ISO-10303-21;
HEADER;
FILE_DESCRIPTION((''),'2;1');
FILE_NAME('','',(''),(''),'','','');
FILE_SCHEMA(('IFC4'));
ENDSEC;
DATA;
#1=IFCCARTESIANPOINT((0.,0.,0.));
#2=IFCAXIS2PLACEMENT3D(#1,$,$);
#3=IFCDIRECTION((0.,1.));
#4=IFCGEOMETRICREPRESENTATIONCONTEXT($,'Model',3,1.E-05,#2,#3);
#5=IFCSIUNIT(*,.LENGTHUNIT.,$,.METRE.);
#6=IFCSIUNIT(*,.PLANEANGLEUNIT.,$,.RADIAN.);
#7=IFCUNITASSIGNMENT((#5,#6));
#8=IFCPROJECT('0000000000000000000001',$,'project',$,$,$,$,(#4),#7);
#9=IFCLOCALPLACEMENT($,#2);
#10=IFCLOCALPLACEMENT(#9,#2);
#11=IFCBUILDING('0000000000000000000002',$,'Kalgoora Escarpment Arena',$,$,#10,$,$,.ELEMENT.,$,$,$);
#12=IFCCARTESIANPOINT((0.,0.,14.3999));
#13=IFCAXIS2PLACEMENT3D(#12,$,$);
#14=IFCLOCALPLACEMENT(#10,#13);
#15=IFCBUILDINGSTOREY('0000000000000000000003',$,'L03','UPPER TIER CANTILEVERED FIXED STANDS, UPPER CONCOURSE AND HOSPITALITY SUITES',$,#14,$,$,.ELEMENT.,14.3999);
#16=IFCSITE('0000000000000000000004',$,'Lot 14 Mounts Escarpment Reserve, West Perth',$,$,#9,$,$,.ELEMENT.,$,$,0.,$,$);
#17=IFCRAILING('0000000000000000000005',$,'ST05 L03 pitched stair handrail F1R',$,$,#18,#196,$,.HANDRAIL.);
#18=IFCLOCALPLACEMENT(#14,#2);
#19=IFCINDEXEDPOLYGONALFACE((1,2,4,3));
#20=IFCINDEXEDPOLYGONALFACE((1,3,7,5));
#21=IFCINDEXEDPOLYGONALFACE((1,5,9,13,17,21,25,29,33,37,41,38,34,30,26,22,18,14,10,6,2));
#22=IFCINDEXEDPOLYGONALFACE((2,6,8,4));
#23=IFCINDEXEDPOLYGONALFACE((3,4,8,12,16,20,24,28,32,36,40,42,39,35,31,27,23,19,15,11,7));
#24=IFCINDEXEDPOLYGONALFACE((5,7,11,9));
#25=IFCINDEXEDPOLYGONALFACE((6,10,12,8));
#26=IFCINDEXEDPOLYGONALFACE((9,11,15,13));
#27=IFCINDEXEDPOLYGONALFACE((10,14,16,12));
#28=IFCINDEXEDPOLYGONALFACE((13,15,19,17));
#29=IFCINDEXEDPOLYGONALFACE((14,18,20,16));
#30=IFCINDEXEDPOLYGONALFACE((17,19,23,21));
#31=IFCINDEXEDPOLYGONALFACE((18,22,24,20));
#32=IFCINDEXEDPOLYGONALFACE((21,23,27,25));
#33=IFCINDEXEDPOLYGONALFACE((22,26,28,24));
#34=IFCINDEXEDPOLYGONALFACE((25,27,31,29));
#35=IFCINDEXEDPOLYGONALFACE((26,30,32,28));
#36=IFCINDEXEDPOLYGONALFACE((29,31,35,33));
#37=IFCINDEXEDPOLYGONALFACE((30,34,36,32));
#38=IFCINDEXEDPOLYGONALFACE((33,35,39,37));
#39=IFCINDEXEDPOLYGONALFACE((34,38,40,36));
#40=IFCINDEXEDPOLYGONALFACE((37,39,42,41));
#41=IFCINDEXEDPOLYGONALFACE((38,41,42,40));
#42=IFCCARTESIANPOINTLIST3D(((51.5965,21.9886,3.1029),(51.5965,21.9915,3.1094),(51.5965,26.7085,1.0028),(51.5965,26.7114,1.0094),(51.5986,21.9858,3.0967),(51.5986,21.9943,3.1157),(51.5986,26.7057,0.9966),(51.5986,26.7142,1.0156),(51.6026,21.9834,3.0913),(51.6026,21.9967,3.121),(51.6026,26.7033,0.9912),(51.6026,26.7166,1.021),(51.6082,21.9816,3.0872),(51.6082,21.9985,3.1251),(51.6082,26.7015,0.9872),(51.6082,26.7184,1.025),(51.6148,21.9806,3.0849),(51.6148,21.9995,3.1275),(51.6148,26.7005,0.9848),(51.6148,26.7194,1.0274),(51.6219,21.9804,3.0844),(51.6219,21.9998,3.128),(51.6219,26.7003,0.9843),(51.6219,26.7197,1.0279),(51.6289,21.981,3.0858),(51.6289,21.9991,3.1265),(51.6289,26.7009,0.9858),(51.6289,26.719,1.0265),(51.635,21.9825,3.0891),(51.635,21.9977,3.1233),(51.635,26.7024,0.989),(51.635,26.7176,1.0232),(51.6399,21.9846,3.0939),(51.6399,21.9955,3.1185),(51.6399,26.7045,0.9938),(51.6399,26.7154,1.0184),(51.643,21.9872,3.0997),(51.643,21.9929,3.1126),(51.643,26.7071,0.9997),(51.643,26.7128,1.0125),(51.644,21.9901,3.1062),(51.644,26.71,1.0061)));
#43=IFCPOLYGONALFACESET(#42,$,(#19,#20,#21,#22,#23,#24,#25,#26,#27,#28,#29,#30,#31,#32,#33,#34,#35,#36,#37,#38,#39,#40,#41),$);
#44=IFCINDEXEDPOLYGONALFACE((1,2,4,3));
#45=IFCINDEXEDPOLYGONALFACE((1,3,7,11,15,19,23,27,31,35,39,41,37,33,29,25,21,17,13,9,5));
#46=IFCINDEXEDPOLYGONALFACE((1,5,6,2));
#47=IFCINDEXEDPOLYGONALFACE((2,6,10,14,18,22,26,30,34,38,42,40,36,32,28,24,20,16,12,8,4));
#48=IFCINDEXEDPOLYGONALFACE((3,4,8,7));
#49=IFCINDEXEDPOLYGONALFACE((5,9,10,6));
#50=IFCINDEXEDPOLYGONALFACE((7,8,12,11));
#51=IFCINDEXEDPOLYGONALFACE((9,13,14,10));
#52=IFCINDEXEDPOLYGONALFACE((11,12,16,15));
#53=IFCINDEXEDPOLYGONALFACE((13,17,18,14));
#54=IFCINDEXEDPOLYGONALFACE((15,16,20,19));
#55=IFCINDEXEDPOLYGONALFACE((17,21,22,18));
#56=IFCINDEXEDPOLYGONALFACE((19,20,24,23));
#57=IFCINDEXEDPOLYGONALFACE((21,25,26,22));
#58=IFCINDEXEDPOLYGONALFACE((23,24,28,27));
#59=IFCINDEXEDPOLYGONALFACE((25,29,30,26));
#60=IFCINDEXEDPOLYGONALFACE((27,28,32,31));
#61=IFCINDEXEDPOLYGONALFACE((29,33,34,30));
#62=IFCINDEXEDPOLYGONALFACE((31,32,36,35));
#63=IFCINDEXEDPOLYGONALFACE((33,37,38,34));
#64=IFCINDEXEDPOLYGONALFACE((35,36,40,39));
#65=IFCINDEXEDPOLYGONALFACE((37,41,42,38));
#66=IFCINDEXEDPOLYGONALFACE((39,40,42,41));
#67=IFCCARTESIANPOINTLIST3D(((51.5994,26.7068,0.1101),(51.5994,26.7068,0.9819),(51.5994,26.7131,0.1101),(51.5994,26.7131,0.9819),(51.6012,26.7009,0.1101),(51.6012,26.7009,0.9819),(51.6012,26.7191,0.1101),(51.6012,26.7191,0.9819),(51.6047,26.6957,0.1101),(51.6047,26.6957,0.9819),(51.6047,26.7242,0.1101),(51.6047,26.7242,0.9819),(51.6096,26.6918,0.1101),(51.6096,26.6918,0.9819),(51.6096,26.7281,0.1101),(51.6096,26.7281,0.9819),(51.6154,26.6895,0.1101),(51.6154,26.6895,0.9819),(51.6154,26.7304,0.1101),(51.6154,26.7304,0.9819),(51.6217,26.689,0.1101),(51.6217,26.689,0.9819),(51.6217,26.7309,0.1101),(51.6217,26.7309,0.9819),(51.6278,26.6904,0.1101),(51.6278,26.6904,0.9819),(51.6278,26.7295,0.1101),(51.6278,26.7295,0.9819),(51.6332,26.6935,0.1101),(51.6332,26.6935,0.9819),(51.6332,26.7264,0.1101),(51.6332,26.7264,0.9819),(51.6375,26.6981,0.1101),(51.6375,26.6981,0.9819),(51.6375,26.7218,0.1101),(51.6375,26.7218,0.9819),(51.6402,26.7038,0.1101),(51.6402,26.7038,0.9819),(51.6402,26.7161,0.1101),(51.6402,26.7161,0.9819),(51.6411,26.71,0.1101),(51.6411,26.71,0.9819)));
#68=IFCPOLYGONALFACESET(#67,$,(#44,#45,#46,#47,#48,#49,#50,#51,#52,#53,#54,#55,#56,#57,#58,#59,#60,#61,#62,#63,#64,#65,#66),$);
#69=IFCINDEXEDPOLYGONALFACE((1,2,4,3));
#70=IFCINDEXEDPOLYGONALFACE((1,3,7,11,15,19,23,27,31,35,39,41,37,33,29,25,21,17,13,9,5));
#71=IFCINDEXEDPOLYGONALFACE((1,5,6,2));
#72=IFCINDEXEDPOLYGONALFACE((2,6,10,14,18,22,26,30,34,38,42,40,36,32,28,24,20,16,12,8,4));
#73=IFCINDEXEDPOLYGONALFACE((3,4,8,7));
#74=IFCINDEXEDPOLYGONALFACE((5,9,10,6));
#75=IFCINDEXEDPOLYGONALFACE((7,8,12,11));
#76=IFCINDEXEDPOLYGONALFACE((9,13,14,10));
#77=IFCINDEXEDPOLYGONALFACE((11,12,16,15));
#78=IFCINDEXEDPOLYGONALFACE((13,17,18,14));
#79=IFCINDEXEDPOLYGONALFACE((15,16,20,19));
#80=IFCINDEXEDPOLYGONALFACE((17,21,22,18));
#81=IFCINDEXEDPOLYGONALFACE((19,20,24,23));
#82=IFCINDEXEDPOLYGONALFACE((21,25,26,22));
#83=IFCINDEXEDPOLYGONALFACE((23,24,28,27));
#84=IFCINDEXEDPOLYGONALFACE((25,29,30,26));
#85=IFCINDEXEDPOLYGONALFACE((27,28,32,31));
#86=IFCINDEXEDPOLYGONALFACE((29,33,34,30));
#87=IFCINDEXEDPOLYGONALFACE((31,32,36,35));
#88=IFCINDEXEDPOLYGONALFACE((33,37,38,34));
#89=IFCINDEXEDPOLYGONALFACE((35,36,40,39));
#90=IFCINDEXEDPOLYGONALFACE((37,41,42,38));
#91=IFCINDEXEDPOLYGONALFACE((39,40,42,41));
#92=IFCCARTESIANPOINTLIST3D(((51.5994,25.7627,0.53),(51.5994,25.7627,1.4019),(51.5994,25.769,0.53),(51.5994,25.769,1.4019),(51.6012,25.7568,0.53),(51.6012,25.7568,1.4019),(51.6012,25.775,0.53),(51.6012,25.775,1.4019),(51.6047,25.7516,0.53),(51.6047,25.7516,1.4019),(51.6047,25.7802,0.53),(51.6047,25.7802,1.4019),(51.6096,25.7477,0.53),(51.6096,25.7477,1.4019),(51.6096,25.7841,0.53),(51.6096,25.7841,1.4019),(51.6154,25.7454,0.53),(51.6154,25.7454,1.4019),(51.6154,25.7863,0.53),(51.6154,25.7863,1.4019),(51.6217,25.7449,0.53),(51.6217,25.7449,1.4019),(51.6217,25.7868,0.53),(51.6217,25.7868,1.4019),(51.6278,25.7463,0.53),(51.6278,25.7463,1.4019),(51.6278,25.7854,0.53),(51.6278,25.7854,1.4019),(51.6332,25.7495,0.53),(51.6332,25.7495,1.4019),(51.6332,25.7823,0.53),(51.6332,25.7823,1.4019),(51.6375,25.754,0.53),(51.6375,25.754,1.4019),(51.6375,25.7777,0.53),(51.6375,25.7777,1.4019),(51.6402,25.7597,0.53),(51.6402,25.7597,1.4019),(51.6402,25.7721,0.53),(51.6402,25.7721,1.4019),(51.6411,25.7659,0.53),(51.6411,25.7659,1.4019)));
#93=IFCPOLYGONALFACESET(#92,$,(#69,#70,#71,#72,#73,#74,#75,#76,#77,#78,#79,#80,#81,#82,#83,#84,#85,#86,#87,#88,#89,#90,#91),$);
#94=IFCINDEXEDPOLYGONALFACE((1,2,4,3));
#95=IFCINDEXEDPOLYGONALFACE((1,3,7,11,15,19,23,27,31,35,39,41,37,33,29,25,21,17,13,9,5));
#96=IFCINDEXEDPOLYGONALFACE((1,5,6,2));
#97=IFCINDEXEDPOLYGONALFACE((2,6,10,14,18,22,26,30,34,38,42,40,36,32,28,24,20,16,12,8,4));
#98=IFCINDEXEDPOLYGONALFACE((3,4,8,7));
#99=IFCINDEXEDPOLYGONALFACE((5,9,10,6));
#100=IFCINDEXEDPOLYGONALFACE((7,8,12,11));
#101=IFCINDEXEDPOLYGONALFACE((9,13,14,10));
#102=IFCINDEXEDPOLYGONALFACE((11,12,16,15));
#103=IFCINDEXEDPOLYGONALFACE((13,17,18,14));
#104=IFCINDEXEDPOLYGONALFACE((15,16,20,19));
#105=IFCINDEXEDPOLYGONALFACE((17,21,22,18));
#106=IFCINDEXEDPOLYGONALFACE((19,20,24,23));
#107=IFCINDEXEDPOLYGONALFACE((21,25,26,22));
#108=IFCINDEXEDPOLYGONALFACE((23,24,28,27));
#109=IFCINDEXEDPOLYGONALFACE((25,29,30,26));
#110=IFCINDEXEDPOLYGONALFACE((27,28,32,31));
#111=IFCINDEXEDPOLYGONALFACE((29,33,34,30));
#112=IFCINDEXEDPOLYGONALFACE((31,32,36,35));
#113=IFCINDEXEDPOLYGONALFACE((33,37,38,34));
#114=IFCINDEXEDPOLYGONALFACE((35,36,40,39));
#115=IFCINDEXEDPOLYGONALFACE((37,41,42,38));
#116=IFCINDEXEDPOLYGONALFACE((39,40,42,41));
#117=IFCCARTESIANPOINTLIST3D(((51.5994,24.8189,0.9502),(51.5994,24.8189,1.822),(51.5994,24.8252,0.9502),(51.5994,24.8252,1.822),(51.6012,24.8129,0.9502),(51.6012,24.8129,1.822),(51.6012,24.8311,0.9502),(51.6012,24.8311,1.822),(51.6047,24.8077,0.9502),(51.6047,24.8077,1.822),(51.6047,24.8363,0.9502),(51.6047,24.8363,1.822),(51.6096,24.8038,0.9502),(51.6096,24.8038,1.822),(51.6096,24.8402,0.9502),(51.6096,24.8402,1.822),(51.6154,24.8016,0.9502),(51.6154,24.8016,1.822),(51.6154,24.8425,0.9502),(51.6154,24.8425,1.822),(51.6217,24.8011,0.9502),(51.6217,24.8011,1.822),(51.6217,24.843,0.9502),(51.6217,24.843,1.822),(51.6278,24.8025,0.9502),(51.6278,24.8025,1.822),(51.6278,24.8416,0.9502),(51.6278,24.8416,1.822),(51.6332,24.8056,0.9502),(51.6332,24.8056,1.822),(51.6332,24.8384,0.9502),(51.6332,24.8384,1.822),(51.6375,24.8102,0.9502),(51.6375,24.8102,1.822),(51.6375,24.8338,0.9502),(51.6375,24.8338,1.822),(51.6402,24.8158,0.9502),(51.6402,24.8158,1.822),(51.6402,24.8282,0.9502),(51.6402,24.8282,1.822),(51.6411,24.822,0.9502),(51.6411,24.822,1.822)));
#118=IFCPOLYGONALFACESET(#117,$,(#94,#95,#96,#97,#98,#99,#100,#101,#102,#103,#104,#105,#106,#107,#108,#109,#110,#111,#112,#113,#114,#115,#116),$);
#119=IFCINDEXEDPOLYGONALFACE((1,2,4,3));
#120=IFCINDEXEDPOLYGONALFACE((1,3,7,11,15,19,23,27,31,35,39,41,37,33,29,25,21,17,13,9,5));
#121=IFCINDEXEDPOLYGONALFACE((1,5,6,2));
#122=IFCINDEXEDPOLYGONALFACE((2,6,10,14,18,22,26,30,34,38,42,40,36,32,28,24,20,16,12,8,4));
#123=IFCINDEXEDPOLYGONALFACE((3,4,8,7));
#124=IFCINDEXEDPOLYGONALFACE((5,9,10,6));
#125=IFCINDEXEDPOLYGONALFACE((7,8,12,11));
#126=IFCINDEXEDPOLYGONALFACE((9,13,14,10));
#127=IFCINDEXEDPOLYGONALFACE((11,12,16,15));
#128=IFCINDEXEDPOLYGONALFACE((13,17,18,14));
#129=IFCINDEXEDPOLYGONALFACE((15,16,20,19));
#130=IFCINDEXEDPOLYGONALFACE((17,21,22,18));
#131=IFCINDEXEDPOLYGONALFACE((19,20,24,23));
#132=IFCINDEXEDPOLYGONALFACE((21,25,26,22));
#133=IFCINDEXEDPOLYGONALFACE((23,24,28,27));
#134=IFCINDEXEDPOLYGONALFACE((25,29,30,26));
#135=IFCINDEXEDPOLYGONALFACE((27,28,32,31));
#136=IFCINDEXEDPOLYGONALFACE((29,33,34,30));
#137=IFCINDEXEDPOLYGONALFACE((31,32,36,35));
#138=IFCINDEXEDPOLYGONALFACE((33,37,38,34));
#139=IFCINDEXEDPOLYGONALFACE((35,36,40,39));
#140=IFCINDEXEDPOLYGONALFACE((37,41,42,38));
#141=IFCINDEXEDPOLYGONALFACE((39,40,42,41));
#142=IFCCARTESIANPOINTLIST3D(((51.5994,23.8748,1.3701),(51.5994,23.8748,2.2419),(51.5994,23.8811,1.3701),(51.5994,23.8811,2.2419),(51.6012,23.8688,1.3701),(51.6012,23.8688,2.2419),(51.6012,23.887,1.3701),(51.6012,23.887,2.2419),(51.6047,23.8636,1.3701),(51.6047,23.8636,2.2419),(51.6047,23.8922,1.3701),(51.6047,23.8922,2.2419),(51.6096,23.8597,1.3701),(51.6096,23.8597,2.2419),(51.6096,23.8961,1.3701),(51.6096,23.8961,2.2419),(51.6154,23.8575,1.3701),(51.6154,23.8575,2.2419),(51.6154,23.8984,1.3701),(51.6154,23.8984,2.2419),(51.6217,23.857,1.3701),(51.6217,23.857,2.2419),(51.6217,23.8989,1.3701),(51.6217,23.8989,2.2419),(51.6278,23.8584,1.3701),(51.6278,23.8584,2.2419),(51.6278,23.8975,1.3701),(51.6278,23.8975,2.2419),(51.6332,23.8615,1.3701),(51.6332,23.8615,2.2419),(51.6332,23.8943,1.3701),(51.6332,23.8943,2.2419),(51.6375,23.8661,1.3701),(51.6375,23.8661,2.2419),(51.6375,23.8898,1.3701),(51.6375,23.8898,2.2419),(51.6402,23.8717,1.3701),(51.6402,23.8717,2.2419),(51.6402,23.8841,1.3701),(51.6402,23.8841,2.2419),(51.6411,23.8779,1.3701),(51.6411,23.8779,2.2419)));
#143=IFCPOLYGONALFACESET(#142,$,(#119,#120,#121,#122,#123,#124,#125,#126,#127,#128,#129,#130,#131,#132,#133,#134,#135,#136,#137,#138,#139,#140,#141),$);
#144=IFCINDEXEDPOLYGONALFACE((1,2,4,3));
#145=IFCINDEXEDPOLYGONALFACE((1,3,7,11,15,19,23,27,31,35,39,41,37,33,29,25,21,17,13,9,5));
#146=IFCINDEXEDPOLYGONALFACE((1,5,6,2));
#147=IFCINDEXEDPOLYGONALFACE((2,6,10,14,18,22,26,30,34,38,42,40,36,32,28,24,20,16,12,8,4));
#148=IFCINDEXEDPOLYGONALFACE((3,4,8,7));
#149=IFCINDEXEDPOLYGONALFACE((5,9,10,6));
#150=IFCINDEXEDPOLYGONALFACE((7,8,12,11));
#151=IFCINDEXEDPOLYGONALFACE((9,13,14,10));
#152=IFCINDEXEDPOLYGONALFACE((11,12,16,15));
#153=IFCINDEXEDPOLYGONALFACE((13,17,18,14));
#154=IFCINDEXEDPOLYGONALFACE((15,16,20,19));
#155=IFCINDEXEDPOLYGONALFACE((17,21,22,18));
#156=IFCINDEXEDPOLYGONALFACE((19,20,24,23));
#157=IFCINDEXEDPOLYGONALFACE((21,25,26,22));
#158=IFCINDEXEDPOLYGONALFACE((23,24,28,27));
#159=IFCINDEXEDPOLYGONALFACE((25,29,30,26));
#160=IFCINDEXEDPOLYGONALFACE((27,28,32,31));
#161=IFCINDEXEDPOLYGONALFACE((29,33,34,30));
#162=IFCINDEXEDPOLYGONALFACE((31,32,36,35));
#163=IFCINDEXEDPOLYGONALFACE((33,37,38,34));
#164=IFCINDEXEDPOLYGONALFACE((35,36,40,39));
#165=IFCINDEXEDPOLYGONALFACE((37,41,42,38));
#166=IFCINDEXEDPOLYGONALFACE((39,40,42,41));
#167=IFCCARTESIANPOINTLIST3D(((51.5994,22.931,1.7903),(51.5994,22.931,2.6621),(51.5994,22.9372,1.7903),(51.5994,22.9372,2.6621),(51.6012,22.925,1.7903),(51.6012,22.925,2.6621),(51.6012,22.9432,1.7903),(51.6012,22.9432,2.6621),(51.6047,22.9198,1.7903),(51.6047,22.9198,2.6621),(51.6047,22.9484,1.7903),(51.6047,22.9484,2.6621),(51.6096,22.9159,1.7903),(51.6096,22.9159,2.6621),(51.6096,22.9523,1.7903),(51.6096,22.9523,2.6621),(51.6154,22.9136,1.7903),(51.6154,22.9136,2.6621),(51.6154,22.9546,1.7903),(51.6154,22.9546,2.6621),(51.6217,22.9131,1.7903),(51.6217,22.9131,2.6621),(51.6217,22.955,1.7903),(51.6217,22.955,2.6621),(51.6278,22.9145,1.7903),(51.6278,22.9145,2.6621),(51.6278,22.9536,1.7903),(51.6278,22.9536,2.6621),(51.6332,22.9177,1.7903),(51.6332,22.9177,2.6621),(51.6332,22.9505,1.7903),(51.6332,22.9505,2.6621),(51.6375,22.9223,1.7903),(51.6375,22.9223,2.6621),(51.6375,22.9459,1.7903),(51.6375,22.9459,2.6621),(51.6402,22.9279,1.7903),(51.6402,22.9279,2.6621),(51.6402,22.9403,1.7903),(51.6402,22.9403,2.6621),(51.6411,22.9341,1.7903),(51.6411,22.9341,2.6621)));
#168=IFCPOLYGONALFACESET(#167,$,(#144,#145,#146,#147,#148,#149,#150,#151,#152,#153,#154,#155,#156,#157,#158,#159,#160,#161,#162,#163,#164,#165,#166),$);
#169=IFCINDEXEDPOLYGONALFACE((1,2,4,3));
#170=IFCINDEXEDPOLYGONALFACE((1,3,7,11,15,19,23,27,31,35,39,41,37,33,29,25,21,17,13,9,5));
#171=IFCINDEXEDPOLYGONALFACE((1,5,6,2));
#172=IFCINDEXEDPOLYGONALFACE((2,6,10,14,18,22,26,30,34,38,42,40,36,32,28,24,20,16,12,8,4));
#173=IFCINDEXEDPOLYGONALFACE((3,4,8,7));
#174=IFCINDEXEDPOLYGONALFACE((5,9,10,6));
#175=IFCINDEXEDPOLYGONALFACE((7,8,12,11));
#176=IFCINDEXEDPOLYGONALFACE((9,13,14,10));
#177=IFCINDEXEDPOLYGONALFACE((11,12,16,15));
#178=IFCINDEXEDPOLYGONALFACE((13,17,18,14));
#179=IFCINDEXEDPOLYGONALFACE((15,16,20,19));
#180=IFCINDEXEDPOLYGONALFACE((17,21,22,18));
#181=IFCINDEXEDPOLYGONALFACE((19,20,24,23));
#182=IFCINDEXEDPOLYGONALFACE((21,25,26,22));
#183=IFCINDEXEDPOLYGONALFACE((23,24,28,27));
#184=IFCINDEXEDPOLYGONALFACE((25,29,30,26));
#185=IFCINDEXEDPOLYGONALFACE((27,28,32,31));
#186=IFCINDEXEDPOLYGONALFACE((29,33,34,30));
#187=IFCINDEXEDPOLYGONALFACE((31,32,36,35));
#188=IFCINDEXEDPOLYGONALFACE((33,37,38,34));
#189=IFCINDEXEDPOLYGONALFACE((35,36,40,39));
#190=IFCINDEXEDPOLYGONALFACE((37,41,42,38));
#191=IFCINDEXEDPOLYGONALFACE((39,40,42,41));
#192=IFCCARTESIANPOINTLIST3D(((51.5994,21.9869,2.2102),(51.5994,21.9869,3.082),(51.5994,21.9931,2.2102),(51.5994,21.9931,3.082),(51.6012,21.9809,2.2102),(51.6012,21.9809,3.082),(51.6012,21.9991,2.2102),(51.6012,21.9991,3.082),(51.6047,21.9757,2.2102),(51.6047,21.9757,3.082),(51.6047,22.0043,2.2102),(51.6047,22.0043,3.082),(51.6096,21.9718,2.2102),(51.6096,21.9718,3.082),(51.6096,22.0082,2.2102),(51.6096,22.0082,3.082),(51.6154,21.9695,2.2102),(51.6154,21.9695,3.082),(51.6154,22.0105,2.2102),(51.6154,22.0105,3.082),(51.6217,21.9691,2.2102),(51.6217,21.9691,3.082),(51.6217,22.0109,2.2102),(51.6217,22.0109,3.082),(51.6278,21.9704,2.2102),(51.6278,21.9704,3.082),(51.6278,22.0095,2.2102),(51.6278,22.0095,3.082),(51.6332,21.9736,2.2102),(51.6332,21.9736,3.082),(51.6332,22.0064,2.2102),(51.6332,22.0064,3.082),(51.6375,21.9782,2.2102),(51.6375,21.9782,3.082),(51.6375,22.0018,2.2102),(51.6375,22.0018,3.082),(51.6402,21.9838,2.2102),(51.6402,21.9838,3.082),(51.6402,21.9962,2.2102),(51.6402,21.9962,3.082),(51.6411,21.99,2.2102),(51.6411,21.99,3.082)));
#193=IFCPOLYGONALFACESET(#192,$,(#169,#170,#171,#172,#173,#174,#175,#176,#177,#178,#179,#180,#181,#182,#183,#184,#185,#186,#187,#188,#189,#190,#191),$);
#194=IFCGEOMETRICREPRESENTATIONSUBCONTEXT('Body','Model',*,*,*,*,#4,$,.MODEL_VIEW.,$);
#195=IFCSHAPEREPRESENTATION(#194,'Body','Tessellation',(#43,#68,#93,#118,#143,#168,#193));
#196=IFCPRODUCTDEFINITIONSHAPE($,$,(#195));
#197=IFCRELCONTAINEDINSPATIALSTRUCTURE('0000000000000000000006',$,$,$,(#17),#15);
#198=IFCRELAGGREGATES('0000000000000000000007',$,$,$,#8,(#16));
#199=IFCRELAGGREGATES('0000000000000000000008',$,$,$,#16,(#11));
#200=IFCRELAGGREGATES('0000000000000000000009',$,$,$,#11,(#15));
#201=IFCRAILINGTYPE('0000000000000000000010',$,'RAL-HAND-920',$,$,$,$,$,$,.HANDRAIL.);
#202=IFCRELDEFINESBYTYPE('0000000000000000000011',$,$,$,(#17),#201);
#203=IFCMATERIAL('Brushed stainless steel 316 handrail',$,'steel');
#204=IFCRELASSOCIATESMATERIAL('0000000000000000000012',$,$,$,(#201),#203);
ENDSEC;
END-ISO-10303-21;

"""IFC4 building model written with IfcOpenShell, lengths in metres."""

from ifc_helpers import new_model, si_unit, direction, frame, origin, origin_2d, place, context, subcontext, project, spatial, circle, extrude, material, type_object, element, save


model = new_model("IFC4")

# Units and contexts
model_context = context("Model", 3, precision=1e-05, world=origin(), true_north=direction((0.0, 1.0)))
body_context = subcontext(model_context, "Body", "Model", "MODEL_VIEW")
ifc_project = project(units=[si_unit("LENGTHUNIT", "METRE"), si_unit("PLANEANGLEUNIT", "RADIAN")], contexts=[model_context])

# Site, building, storey
site_placement = place(None, origin())
site = spatial("IfcSite", under=ifc_project, at=site_placement, Name="Lot 14 Mounts Escarpment Reserve, West Perth", CompositionType="ELEMENT", RefElevation=0.0)
building_placement = place(site_placement, origin())
building = spatial("IfcBuilding", under=site, at=building_placement, Name="Kalgoora Escarpment Arena", CompositionType="ELEMENT")
storey_placement = place(building_placement, frame((0.0, 0.0, 14.3999)))
storey = spatial("IfcBuildingStorey", under=building, at=storey_placement, Name="L03", Description="UPPER TIER CANTILEVERED FIXED STANDS, UPPER CONCOURSE AND HOSPITALITY SUITES", CompositionType="ELEMENT", Elevation=14.3999)

# Railing
ifc_material_1 = material(Name="Brushed stainless steel 316 handrail", Category="steel")
railing_type_1 = type_object("IfcRailingType", Name="RAL-HAND-920", PredefinedType="HANDRAIL", material=ifc_material_1)
for number, where, name in (
    (1, (51.6201, 26.71, 0.1101), "ST05 L03 pitched stair handrail F1R"),
):
    element("IfcRailing", number, at=place(storey_placement, frame(where)), inside=storey, type_object=railing_type_1, Name=name, PredefinedType="HANDRAIL", context=body_context, shape_type="SweptSolid", body=[
        extrude(circle(Radius=0.0239, at=origin_2d()), frame((0.0, 0.0, 0.896), z_axis=(0.0, -0.913644, 0.406516), x_axis=(1.0, 0.0, 0.0)), (0.0, 0.0, 1.0), 5.166),
        extrude(circle(Radius=0.021, at=origin_2d()), origin(), (0.0, 0.0, 1.0), 0.8718),
        extrude(circle(Radius=0.021, at=origin_2d()), frame((0.0, -0.9441, 0.4199)), (0.0, 0.0, 1.0), 0.8718),
        extrude(circle(Radius=0.021, at=origin_2d()), frame((0.0, -1.8879, 0.8401)), (0.0, 0.0, 1.0), 0.8718),
        extrude(circle(Radius=0.021, at=origin_2d()), frame((0.0, -2.832, 1.26)), (0.0, 0.0, 1.0), 0.8718),
        extrude(circle(Radius=0.021, at=origin_2d()), frame((0.0, -3.7759, 1.6802)), (0.0, 0.0, 1.0), 0.8718),
        extrude(circle(Radius=0.021, at=origin_2d()), frame((0.0, -4.72, 2.1001)), (0.0, 0.0, 1.0), 0.8718),
    ])

save(model, "model.ifc")
